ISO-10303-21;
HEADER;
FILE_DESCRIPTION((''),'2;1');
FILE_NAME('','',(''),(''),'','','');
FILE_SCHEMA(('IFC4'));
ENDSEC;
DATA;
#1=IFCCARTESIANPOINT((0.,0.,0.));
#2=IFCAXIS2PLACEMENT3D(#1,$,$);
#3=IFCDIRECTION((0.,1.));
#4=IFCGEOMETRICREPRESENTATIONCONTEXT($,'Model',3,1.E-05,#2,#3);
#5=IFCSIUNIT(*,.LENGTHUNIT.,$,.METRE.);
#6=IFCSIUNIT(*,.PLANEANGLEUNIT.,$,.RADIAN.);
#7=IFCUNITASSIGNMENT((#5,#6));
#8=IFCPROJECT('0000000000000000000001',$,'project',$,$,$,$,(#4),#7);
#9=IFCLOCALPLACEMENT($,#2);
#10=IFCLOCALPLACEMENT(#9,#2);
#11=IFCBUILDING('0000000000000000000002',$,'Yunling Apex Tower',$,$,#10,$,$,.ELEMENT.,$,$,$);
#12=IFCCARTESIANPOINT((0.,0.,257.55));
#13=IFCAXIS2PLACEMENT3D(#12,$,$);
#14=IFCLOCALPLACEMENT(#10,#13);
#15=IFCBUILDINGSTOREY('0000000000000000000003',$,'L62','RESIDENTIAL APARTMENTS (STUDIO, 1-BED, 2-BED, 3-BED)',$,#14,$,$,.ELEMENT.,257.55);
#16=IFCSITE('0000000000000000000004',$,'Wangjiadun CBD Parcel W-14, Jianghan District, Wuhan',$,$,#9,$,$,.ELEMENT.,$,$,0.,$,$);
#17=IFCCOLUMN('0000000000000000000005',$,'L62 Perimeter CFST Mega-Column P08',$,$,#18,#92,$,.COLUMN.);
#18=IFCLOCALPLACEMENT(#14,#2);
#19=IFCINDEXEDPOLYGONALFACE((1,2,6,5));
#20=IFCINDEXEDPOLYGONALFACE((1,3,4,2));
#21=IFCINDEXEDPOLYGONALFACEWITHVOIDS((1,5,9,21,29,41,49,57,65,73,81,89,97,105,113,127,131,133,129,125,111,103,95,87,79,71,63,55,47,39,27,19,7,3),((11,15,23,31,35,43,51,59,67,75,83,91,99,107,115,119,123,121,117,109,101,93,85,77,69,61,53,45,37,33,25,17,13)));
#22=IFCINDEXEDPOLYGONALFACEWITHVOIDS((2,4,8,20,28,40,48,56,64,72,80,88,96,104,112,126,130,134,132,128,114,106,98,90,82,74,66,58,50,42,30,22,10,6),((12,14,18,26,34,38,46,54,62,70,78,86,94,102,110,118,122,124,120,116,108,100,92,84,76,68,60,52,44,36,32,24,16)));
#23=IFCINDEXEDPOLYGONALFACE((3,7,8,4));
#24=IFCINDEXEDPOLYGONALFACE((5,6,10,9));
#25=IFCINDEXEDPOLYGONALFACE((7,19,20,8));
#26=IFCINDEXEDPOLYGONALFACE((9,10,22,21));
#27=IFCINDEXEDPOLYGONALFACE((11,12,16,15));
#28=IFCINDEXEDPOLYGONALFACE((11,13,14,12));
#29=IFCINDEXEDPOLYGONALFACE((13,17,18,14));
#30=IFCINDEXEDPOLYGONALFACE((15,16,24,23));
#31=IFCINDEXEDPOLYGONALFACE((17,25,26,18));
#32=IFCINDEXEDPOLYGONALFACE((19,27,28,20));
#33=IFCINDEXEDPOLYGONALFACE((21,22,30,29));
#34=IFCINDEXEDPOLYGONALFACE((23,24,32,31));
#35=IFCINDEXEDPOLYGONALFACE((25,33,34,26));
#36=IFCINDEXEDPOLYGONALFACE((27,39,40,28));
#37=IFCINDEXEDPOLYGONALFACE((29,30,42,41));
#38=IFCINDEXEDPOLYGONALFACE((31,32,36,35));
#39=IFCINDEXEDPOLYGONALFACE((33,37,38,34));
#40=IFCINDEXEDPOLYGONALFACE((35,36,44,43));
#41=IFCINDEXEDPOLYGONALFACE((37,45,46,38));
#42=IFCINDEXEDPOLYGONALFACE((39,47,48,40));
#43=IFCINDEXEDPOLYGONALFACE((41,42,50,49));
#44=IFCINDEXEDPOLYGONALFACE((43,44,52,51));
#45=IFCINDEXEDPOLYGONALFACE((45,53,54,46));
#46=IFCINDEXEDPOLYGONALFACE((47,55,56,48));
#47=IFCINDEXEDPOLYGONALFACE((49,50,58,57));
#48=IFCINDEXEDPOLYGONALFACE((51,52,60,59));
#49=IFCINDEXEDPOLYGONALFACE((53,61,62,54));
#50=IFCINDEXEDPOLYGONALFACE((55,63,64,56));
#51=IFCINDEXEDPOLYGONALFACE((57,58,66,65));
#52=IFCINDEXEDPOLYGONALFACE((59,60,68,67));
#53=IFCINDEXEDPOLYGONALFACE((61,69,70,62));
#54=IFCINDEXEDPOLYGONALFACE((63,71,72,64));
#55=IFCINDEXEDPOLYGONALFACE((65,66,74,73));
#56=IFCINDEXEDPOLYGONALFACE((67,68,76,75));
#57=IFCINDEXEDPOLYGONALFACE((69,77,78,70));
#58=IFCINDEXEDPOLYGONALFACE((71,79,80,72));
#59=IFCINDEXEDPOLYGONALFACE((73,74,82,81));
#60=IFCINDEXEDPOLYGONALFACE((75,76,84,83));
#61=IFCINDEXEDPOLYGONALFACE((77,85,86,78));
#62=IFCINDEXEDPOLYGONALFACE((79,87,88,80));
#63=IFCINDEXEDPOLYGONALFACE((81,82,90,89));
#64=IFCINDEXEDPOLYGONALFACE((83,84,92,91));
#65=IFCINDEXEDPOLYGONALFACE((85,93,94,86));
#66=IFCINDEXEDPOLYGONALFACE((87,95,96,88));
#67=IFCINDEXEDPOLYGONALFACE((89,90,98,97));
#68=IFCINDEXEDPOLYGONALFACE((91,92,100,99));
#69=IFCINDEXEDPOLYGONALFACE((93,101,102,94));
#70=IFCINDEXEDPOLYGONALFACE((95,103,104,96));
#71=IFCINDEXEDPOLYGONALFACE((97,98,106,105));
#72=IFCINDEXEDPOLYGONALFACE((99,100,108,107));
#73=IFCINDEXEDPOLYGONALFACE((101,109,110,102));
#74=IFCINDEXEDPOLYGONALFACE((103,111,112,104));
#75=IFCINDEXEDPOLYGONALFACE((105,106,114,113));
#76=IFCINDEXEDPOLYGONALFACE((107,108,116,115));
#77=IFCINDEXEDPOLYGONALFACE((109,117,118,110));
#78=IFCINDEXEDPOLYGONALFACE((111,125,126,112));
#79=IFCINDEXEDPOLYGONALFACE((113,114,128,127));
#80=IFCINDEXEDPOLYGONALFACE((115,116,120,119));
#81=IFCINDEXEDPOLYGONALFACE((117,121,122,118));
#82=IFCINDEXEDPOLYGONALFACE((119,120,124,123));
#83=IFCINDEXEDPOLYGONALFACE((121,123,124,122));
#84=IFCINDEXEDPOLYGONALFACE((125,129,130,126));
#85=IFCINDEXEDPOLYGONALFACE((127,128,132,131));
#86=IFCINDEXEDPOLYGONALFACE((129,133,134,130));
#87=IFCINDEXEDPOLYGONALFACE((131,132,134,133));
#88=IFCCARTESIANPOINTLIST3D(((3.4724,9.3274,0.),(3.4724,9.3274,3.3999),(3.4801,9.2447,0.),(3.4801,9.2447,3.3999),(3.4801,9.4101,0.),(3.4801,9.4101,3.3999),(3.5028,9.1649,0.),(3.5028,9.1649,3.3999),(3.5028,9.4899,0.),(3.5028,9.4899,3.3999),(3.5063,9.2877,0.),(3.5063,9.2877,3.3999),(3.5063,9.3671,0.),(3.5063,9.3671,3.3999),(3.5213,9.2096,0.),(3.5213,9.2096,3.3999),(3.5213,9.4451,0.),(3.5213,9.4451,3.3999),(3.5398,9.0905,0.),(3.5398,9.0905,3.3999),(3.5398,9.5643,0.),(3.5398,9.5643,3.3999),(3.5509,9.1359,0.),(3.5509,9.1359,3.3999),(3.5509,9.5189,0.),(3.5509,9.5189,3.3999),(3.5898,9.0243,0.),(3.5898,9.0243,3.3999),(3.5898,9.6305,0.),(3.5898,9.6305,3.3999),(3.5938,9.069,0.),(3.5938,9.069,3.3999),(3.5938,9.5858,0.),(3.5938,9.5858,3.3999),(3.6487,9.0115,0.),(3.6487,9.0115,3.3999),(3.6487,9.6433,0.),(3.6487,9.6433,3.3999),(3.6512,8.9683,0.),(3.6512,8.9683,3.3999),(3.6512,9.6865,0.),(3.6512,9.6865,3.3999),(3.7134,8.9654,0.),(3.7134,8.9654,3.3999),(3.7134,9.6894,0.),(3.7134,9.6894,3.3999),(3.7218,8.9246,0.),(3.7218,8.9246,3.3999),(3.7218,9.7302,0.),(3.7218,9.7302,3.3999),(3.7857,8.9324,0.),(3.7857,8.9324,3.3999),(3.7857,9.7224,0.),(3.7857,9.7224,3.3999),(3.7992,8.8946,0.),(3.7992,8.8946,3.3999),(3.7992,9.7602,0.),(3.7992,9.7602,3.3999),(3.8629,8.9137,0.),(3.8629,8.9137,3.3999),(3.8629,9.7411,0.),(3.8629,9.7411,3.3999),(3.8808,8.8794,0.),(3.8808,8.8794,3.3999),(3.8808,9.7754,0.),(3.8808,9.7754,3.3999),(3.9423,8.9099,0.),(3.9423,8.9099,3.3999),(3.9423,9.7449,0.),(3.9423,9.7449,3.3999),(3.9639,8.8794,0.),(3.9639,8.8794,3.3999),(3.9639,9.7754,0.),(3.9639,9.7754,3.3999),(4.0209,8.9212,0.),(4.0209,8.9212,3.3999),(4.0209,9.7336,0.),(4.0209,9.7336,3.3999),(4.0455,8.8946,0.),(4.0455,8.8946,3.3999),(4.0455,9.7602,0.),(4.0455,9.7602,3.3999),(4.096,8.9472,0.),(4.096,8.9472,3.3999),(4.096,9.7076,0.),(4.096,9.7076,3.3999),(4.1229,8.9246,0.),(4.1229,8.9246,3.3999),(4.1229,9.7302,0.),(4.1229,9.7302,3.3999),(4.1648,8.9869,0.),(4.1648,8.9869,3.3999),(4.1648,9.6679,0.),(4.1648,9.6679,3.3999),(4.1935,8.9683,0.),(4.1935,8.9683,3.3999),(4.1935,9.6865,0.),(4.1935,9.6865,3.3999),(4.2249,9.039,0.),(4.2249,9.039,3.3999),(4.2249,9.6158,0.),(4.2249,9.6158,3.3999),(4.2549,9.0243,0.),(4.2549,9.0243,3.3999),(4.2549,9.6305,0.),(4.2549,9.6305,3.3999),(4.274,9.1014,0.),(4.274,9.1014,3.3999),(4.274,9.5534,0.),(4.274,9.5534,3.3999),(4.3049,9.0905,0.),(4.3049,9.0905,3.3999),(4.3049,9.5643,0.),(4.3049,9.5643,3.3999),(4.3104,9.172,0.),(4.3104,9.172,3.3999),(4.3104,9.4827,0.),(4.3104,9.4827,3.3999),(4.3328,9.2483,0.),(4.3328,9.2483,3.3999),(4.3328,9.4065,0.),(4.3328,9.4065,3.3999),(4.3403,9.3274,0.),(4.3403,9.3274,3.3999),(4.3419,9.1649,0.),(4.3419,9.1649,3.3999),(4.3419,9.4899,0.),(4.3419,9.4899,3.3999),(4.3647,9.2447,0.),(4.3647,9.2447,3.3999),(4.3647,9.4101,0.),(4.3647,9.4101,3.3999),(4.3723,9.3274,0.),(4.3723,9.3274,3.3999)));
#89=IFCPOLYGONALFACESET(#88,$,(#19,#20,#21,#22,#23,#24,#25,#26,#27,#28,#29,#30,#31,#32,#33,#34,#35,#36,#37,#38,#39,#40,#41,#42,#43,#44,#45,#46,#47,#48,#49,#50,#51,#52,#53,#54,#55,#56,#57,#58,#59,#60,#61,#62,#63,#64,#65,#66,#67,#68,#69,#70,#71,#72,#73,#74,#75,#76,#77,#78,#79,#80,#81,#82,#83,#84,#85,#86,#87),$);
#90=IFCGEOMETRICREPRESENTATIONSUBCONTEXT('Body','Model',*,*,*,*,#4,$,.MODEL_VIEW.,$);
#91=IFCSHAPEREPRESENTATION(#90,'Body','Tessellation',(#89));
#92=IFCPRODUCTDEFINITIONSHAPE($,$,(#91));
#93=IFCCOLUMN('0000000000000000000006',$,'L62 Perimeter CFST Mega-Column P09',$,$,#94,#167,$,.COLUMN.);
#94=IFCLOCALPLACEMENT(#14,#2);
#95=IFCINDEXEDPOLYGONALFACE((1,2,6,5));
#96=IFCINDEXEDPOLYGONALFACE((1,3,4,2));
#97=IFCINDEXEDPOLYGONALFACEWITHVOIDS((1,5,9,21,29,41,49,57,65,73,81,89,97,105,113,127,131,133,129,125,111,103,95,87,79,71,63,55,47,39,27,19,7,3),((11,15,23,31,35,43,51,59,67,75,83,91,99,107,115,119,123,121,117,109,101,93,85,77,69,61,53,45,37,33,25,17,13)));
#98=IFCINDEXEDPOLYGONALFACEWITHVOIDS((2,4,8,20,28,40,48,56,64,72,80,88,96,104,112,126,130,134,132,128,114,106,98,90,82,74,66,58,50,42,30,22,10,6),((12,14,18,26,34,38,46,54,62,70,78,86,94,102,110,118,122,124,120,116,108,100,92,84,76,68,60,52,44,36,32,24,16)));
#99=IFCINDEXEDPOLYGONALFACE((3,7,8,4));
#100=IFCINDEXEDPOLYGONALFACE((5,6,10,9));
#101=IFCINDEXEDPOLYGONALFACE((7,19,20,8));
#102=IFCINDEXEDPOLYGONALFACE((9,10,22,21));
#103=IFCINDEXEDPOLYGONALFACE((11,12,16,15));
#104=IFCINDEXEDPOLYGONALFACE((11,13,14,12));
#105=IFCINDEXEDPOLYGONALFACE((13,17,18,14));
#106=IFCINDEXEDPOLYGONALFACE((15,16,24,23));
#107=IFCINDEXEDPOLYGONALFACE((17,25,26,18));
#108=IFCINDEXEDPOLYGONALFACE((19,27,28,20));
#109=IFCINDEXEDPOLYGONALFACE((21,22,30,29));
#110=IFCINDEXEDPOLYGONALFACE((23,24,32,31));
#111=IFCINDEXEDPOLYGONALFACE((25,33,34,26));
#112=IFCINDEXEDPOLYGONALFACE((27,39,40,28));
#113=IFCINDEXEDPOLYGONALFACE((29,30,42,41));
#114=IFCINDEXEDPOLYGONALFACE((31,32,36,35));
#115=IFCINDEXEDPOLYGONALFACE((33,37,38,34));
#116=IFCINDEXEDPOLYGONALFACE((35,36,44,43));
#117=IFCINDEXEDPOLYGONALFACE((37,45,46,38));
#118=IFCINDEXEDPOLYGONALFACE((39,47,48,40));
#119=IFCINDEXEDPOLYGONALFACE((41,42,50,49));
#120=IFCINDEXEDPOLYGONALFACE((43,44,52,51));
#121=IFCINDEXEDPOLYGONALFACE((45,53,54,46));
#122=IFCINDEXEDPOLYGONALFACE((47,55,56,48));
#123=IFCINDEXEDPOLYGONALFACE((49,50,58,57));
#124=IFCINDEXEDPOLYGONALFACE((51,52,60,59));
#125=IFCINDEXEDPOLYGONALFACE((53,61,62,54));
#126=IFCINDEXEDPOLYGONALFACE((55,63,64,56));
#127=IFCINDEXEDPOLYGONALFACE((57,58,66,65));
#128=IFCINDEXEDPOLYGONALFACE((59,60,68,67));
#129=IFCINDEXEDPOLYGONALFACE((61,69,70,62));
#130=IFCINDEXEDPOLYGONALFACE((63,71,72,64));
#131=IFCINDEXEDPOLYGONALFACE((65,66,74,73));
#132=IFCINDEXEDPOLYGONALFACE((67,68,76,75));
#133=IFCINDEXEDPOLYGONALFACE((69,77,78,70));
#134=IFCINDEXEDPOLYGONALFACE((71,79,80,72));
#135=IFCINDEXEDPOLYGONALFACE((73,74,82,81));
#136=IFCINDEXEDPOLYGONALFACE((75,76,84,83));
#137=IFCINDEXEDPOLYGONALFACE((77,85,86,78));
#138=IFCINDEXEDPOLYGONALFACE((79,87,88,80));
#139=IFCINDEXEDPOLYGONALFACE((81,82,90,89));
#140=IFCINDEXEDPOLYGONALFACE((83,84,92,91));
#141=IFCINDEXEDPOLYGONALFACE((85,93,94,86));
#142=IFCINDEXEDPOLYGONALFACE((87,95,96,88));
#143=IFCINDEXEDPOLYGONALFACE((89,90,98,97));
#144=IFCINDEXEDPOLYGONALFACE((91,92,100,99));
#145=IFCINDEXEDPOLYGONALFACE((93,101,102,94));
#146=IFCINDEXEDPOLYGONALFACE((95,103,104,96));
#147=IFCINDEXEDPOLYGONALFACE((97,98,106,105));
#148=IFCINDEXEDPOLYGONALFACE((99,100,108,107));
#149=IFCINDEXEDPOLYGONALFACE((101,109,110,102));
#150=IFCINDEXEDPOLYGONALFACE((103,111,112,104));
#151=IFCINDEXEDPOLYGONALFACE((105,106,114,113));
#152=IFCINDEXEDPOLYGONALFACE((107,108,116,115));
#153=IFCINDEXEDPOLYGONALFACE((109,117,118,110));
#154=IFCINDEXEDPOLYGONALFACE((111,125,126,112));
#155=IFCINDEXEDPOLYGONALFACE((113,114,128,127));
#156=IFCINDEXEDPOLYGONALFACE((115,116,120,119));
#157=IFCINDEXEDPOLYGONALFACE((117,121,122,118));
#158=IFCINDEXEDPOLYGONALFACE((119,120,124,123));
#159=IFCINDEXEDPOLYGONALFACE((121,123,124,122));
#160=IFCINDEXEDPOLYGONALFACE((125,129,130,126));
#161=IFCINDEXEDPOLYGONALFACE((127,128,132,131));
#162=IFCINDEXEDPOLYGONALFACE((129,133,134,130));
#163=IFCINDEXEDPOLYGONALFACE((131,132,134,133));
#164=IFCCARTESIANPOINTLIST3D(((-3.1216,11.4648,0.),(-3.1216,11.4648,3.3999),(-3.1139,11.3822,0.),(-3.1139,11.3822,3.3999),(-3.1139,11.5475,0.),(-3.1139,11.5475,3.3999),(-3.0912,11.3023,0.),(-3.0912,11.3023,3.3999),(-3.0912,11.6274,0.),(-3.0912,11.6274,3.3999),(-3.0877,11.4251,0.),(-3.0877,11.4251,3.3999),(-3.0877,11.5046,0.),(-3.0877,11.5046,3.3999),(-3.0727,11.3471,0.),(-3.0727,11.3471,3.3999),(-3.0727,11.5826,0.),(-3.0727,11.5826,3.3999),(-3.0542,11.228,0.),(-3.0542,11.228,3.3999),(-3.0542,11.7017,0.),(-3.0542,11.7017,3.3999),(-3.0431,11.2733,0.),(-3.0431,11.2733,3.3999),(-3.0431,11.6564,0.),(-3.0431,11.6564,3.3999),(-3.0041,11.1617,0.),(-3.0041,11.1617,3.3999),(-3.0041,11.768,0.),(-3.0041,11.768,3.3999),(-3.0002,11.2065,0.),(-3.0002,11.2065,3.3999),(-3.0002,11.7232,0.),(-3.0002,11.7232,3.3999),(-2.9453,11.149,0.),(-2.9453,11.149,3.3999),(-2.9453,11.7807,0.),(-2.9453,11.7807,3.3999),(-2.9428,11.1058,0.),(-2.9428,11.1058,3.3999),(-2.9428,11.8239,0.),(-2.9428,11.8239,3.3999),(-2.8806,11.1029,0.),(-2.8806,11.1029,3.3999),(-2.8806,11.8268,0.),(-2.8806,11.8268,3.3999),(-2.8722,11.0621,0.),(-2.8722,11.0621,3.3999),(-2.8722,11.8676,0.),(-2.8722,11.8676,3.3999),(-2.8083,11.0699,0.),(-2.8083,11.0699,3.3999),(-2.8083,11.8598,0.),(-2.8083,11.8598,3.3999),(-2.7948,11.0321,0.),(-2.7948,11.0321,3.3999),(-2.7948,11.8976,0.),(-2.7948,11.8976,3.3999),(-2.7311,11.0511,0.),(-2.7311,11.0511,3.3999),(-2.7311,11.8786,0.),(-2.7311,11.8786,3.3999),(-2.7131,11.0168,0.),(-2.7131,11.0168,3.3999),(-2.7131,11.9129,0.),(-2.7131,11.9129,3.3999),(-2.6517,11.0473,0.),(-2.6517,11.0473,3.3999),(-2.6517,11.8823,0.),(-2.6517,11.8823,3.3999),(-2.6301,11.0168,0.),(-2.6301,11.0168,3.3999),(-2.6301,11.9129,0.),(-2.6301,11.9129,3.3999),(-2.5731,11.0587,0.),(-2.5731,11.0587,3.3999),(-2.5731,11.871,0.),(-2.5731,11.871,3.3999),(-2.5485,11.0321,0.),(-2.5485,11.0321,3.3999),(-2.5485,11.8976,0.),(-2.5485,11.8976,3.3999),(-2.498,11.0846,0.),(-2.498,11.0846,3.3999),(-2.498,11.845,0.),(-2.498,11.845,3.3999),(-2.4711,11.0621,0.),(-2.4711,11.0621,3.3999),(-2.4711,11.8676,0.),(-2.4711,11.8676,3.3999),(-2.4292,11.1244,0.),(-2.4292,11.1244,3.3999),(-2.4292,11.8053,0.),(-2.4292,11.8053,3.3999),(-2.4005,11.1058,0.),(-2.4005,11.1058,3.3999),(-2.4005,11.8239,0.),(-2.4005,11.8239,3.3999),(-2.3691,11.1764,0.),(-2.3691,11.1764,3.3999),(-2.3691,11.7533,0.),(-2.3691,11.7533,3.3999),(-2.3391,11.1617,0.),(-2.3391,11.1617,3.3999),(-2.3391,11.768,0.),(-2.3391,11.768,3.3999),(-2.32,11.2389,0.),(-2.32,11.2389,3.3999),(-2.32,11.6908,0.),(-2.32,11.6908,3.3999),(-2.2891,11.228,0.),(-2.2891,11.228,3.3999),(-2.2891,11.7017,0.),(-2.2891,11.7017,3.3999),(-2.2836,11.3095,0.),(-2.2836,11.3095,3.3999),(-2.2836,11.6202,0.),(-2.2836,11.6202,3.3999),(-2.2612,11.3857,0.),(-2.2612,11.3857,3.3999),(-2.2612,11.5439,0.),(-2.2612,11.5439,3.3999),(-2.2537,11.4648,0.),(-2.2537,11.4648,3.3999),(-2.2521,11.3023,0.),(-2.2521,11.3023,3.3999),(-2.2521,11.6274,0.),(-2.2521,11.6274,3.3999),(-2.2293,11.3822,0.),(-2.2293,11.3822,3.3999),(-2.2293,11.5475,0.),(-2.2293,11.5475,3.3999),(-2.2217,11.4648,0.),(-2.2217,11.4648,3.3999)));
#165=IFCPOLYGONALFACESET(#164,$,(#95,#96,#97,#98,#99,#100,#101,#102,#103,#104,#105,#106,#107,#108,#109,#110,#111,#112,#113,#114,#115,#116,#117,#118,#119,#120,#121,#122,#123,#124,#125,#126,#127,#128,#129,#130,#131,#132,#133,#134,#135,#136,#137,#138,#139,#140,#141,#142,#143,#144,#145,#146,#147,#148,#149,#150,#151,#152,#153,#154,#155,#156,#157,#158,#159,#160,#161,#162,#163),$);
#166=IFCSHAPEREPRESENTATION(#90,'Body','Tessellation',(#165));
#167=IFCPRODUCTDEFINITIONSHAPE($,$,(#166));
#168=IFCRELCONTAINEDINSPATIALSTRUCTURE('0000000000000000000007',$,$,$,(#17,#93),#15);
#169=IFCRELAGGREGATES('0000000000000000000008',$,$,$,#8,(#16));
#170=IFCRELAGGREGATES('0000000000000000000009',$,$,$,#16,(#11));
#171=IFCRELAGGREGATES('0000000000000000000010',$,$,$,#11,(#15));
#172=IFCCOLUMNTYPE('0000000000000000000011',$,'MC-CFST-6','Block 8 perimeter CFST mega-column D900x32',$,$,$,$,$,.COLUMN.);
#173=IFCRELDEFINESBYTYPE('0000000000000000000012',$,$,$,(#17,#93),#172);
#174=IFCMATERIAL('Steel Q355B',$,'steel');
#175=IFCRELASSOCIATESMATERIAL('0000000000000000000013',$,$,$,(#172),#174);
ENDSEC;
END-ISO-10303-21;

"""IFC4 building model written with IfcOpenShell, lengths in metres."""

from ifc_helpers import new_model, si_unit, direction, frame, origin, origin_2d, place, context, subcontext, project, spatial, hollow_circle, extrude, source, transform, mapped, material, material_profile, profile_set, type_object, element, save


model = new_model("IFC4")

# Units and contexts
model_context = context("Model", 3, precision=1e-05, world=origin(), true_north=direction((0.0, 1.0)))
body_context = subcontext(model_context, "Body", "Model", "MODEL_VIEW")
ifc_project = project(units=[si_unit("LENGTHUNIT", "METRE"), si_unit("PLANEANGLEUNIT", "RADIAN")], contexts=[model_context])

# Site, building, storey
site_placement = place(None, origin())
site = spatial("IfcSite", under=ifc_project, at=site_placement, Name="Wangjiadun CBD Parcel W-14, Jianghan District, Wuhan", CompositionType="ELEMENT", RefElevation=0.0)
building_placement = place(site_placement, origin())
building = spatial("IfcBuilding", under=site, at=building_placement, Name="Yunling Apex Tower", CompositionType="ELEMENT")
storey_placement = place(building_placement, frame((0.0, 0.0, 257.55)))
storey = spatial("IfcBuildingStorey", under=building, at=storey_placement, Name="L62", Description="RESIDENTIAL APARTMENTS (STUDIO, 1-BED, 2-BED, 3-BED)", CompositionType="ELEMENT", Elevation=257.55)

# Columns
ifc_material_1 = material(Name="Steel Q355B", Category="steel")
ifc_material_profile_1 = material_profile(ifc_material_1, hollow_circle(Radius=0.45, WallThickness=0.032, at=origin_2d()))
ifc_profile_set_1 = profile_set([ifc_material_profile_1], Name="Steel Q355B")
column_type = type_object("IfcColumnType", Name="MC-CFST-6", Description="Block 8 perimeter CFST mega-column D900x32", PredefinedType="COLUMN", material=ifc_profile_set_1)
shared_shape_1 = source(origin(), body_context, "Body", "SweptSolid", [
    extrude(hollow_circle(Radius=0.45, WallThickness=0.032, at=origin_2d()), origin(), (0.0, 0.0, 1.0), 3.3999),
])
for number, where, z_axis, x_axis, name in (
    (1, (3.9224, 9.3274, 0.0), (0.0, 0.0, 1.0), (1.0, 0.0, 0.0), "L62 Perimeter CFST Mega-Column P08"),
    (2, (-2.6716, 11.4648, 0.0), (0.0, 0.0, 1.0), (1.0, 0.0, 0.0), "L62 Perimeter CFST Mega-Column P09"),
):
    element("IfcColumn", number, at=place(storey_placement, frame(where, z_axis=z_axis, x_axis=x_axis)), inside=storey, type_object=column_type, Name=name, PredefinedType="COLUMN", context=body_context, shape_type="MappedRepresentation", body=[
        mapped(shared_shape_1, transform((0.0, 0.0, 0.0), scale=1.0)),
    ])

save(model, "model.ifc")
